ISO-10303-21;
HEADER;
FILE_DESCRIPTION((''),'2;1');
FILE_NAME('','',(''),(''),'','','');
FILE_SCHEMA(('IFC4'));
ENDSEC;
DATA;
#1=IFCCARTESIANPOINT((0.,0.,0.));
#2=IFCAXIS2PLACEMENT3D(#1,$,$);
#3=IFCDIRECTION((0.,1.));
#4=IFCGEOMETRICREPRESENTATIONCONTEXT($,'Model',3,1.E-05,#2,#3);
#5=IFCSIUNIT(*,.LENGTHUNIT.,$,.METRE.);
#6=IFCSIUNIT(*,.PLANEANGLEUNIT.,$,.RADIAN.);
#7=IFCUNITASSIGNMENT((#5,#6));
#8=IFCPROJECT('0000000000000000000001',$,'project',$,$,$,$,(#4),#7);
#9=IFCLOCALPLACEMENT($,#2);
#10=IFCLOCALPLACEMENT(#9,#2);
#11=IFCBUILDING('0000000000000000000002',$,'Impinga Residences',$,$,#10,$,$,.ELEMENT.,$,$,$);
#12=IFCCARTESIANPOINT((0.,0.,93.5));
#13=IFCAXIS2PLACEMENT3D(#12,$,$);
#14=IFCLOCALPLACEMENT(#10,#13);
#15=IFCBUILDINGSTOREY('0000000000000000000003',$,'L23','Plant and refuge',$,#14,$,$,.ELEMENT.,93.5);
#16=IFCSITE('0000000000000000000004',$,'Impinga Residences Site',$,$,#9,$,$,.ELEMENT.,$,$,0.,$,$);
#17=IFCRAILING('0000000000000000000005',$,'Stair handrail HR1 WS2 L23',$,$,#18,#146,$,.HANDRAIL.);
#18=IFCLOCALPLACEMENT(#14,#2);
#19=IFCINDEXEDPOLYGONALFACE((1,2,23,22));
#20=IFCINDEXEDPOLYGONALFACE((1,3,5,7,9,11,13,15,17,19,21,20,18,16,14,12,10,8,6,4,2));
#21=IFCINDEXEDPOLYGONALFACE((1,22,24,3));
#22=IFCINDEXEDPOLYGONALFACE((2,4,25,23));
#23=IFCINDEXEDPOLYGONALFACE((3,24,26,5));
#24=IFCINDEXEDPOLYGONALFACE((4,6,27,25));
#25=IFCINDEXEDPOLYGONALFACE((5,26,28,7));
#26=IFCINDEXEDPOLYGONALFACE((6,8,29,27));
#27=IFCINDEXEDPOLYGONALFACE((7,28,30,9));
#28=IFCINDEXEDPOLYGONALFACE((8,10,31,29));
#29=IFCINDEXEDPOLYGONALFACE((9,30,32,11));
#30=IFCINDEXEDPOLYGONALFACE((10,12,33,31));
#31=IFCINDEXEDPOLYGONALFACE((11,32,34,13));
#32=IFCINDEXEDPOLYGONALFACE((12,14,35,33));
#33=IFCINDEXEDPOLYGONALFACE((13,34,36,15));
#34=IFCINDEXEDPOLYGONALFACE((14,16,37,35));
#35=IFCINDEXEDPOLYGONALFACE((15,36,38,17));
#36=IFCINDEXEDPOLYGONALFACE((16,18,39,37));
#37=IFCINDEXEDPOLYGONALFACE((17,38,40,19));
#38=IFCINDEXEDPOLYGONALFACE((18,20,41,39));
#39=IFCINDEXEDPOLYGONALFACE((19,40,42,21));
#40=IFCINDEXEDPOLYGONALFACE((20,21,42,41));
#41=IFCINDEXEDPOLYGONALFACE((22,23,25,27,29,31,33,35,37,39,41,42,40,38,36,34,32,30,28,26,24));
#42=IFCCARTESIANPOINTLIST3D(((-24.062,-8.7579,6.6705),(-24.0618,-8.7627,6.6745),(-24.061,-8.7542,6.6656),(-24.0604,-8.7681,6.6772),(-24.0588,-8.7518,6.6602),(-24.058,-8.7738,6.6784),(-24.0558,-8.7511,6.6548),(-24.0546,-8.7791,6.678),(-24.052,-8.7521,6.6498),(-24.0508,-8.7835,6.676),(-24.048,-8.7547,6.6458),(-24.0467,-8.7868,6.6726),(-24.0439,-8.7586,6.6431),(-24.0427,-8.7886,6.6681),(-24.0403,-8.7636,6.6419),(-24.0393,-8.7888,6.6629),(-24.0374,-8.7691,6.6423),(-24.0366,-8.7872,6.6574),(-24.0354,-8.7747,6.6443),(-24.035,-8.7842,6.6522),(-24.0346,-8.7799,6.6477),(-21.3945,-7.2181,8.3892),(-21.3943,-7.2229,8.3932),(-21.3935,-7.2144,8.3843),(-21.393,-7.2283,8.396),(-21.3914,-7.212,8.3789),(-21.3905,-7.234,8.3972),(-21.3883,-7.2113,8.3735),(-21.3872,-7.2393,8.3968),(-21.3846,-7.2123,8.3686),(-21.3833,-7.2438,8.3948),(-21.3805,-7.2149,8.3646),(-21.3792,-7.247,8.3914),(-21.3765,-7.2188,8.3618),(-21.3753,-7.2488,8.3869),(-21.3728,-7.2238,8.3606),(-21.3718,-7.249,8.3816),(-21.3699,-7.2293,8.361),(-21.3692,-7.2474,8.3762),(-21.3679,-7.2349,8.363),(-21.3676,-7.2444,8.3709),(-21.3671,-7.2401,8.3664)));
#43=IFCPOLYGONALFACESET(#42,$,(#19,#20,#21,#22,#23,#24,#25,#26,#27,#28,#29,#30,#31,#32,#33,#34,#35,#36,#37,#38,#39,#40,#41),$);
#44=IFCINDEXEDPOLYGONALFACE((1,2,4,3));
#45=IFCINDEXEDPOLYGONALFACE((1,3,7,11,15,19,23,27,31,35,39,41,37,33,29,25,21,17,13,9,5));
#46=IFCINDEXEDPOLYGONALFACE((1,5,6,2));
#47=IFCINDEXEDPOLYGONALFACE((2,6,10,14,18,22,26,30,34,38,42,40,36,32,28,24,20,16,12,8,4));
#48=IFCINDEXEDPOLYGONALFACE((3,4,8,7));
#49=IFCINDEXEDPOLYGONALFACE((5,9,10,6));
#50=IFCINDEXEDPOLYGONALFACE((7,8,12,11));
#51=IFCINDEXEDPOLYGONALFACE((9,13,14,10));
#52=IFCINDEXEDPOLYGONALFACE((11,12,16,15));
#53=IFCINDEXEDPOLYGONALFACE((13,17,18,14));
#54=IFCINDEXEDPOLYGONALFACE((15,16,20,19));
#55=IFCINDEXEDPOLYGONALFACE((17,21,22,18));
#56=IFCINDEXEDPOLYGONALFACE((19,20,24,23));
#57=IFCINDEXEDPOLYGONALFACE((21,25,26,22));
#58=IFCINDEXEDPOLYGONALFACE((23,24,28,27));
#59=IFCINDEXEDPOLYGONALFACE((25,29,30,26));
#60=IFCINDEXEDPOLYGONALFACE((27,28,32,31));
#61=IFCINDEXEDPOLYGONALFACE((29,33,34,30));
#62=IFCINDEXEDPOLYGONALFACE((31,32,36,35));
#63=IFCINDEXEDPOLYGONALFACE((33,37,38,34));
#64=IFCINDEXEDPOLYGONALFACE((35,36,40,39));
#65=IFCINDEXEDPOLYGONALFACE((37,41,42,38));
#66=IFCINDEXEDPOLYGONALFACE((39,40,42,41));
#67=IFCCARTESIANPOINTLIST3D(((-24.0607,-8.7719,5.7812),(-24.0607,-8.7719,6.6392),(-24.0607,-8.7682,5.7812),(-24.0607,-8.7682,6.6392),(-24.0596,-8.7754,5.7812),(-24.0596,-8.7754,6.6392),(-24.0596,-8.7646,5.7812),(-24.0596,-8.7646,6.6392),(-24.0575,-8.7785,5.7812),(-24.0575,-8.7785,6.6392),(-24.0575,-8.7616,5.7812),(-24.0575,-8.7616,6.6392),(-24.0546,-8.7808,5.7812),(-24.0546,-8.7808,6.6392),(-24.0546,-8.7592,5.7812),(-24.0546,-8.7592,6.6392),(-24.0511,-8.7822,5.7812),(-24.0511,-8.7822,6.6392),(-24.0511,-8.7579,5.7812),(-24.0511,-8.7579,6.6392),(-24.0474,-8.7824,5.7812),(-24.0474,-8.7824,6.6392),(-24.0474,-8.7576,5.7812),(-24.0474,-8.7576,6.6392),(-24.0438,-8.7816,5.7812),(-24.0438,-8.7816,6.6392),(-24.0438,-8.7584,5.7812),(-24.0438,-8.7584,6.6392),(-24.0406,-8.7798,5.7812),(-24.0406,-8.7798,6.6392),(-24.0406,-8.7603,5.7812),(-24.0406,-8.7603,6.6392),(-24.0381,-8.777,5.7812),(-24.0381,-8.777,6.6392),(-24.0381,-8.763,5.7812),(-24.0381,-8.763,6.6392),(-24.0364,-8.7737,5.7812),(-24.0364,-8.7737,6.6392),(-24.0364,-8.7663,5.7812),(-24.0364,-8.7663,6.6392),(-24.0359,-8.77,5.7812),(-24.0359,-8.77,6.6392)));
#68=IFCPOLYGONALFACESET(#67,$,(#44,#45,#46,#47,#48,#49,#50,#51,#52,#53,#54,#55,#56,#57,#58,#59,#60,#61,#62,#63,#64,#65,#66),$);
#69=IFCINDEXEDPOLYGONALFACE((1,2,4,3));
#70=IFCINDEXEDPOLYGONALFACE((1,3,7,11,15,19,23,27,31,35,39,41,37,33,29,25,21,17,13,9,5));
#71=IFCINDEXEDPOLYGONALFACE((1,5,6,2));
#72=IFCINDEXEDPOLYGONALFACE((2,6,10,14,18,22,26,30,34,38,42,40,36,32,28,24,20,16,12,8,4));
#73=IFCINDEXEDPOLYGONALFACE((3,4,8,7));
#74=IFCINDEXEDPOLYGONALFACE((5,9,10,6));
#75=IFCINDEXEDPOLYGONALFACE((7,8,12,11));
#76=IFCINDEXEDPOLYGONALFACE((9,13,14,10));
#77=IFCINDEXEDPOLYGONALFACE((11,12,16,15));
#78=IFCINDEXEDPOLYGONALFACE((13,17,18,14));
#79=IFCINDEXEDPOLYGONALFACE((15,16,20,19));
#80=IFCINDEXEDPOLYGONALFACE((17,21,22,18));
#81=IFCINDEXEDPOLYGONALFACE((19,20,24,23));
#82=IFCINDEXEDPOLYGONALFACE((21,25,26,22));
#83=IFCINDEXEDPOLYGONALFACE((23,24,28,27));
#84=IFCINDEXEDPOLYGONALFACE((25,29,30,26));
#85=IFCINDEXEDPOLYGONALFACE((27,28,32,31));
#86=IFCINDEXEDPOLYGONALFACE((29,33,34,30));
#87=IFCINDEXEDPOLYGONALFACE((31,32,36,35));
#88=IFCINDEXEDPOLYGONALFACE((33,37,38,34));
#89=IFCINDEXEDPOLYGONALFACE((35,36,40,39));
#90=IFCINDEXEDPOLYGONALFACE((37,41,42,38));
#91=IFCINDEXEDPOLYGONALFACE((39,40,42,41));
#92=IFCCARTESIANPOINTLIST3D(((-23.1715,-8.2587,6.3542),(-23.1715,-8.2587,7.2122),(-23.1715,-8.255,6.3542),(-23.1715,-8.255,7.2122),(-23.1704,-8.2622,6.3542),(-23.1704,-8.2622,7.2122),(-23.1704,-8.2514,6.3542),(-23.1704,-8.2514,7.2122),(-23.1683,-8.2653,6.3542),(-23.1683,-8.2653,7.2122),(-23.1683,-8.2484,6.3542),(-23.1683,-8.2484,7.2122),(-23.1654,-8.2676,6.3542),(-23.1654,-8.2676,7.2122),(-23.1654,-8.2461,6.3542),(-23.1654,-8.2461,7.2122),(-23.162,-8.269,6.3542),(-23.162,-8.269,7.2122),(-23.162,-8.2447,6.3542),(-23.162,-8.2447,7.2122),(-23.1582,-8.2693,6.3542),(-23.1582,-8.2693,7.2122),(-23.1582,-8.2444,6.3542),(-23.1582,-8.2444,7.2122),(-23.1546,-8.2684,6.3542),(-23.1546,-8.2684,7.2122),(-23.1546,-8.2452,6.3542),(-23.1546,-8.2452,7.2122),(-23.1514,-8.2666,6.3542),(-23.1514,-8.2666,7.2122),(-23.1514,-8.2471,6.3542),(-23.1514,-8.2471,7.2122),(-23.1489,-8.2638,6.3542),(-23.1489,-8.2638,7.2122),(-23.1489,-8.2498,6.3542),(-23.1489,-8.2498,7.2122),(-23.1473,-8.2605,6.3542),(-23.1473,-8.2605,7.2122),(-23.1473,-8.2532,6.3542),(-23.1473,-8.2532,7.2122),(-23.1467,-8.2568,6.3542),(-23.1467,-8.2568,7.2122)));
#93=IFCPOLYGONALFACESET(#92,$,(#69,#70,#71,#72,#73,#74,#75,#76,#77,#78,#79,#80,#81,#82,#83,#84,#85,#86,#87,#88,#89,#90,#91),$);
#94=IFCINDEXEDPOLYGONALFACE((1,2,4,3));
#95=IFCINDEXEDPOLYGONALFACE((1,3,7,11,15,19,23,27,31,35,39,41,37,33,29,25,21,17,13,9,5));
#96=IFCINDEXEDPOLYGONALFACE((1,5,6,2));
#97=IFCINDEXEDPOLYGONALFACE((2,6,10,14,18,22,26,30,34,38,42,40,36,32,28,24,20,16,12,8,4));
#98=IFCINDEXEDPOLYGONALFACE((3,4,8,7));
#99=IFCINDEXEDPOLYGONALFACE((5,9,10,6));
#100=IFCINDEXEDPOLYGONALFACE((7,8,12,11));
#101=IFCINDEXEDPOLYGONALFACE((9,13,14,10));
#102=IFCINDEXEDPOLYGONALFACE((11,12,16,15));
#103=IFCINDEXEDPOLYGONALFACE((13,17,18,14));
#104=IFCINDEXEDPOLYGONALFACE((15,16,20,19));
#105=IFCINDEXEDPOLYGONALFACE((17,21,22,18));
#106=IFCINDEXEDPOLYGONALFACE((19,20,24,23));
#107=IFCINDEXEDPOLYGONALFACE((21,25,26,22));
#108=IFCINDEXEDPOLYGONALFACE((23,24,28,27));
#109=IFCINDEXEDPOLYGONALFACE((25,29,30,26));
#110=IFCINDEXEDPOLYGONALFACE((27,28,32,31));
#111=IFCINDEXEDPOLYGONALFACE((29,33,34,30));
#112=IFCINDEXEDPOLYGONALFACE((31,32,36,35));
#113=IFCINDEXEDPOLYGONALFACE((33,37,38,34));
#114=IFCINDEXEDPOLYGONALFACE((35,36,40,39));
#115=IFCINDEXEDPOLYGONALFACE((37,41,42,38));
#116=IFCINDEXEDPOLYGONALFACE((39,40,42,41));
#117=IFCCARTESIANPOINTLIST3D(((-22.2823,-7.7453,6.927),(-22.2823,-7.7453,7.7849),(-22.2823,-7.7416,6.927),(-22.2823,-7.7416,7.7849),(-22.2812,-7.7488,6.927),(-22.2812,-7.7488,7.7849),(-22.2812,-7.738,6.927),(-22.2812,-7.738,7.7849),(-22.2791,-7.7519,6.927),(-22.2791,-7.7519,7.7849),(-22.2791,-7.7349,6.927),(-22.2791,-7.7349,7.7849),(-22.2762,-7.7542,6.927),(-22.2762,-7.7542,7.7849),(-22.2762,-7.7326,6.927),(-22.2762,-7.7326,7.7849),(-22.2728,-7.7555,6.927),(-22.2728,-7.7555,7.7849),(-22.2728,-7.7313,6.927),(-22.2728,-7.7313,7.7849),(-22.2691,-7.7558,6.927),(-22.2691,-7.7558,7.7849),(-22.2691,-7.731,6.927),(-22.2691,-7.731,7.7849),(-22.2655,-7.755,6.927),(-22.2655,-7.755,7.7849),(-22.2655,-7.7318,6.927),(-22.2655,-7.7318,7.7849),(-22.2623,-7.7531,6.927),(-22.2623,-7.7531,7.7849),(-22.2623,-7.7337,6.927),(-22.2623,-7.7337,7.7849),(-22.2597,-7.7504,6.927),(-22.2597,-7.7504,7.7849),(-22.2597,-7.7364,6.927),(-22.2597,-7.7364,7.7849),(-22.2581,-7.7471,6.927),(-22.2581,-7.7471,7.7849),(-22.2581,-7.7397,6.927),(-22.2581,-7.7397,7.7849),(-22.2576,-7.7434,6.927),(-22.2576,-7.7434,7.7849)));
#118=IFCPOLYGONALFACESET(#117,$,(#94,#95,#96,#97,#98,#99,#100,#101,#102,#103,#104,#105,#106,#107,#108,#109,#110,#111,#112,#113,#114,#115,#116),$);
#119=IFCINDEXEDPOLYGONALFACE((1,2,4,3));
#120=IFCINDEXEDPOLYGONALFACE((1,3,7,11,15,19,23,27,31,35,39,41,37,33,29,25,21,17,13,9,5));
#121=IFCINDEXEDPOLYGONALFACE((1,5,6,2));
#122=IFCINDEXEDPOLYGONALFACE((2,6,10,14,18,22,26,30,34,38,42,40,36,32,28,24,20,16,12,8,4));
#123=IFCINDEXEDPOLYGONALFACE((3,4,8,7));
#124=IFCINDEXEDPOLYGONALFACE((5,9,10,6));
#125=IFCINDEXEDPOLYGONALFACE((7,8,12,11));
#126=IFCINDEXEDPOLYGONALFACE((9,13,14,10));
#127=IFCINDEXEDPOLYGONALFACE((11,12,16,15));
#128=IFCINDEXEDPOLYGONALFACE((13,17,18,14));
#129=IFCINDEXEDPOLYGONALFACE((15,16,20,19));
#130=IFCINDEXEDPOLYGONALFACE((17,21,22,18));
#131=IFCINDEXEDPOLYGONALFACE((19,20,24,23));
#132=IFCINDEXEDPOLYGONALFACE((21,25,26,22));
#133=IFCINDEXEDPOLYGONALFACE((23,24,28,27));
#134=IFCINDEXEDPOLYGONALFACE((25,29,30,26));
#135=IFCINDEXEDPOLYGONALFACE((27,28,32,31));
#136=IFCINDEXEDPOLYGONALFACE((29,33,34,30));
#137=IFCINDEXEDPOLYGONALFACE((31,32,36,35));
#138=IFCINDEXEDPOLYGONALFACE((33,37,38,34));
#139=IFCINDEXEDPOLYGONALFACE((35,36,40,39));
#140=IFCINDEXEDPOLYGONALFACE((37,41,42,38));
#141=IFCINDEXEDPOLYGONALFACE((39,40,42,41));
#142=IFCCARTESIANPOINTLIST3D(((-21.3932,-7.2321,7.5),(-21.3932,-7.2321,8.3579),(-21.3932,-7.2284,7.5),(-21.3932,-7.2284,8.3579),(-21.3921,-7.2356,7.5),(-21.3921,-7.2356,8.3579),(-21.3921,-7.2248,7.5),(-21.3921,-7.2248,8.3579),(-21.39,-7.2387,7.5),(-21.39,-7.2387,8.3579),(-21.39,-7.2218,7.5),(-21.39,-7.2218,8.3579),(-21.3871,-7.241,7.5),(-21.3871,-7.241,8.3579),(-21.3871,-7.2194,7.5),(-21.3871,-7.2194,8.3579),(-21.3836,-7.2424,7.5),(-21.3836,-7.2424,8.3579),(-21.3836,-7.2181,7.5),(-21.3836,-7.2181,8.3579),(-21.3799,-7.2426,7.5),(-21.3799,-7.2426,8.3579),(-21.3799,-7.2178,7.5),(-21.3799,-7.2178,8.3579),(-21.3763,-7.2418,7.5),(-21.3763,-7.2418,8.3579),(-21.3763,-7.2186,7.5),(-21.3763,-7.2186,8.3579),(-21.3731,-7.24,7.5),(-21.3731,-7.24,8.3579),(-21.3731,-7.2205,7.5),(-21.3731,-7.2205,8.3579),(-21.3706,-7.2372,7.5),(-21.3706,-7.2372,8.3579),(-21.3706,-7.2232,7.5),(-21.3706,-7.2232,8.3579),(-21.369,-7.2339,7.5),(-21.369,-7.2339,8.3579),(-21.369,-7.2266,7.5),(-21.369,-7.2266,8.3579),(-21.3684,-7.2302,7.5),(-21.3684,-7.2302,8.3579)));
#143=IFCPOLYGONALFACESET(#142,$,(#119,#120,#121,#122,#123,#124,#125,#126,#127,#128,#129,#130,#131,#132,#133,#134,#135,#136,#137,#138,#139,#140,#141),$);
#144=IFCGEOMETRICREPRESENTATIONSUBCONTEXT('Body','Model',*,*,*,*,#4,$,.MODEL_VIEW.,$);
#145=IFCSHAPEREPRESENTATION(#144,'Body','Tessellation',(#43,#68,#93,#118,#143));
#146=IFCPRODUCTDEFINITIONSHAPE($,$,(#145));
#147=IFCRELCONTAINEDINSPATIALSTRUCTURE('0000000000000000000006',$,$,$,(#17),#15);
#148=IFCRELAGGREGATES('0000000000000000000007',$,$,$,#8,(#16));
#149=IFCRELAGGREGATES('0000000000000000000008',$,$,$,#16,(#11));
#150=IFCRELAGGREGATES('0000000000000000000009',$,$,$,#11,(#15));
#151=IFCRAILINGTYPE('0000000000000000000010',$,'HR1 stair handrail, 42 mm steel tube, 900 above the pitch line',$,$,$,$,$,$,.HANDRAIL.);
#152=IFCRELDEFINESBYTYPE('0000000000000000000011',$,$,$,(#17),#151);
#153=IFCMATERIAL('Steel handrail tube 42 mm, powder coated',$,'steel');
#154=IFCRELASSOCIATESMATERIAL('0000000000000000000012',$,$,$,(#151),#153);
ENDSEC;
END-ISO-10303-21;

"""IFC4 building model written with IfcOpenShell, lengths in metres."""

from ifc_helpers import new_model, si_unit, direction, frame, origin, origin_2d, place, context, subcontext, project, spatial, circle, extrude, material, type_object, element, save


model = new_model("IFC4")

# Units and contexts
model_context = context("Model", 3, precision=1e-05, world=origin(), true_north=direction((0.0, 1.0)))
body_context = subcontext(model_context, "Body", "Model", "MODEL_VIEW")
ifc_project = project(units=[si_unit("LENGTHUNIT", "METRE"), si_unit("PLANEANGLEUNIT", "RADIAN")], contexts=[model_context])

# Site, building, storey
site_placement = place(None, origin())
site = spatial("IfcSite", under=ifc_project, at=site_placement, Name="Impinga Residences Site", CompositionType="ELEMENT", RefElevation=0.0)
building_placement = place(site_placement, origin())
building = spatial("IfcBuilding", under=site, at=building_placement, Name="Impinga Residences", CompositionType="ELEMENT")
storey_placement = place(building_placement, frame((0.0, 0.0, 93.5)))
storey = spatial("IfcBuildingStorey", under=building, at=storey_placement, Name="L23", Description="Plant and refuge", CompositionType="ELEMENT", Elevation=93.5)

# Railing
ifc_material_1 = material(Name="Steel handrail tube 42 mm, powder coated", Category="steel")
railing_type_1 = type_object("IfcRailingType", Name="HR1 stair handrail, 42 mm steel tube, 900 above the pitch line", PredefinedType="HANDRAIL", material=ifc_material_1)
railing_1_placement = place(storey_placement, frame((-24.0483, -8.77, 5.7812)))
element("IfcRailing", 1, at=railing_1_placement, inside=storey, type_object=railing_type_1, Name="Stair handrail HR1 WS2 L23", PredefinedType="HANDRAIL", context=body_context, shape_type="SweptSolid", body=[
    extrude(circle(Radius=0.021, at=origin_2d()), frame((0.0, 0.0, 0.8789), z_axis=(0.756279, 0.43656, 0.487297), x_axis=(-0.499933, 0.866064, 0.0)), (0.0, 0.0, 1.0), 3.5271),
    extrude(circle(Radius=0.0125, at=origin_2d()), origin(), (0.0, 0.0, 1.0), 0.8579),
    extrude(circle(Radius=0.0125, at=origin_2d()), frame((0.8892, 0.5132, 0.573)), (0.0, 0.0, 1.0), 0.8579),
    extrude(circle(Radius=0.0125, at=origin_2d()), frame((1.7783, 1.0266, 1.1458)), (0.0, 0.0, 1.0), 0.8579),
    extrude(circle(Radius=0.0125, at=origin_2d()), frame((2.6675, 1.5398, 1.7188)), (0.0, 0.0, 1.0), 0.8579),
])

save(model, "model.ifc")
